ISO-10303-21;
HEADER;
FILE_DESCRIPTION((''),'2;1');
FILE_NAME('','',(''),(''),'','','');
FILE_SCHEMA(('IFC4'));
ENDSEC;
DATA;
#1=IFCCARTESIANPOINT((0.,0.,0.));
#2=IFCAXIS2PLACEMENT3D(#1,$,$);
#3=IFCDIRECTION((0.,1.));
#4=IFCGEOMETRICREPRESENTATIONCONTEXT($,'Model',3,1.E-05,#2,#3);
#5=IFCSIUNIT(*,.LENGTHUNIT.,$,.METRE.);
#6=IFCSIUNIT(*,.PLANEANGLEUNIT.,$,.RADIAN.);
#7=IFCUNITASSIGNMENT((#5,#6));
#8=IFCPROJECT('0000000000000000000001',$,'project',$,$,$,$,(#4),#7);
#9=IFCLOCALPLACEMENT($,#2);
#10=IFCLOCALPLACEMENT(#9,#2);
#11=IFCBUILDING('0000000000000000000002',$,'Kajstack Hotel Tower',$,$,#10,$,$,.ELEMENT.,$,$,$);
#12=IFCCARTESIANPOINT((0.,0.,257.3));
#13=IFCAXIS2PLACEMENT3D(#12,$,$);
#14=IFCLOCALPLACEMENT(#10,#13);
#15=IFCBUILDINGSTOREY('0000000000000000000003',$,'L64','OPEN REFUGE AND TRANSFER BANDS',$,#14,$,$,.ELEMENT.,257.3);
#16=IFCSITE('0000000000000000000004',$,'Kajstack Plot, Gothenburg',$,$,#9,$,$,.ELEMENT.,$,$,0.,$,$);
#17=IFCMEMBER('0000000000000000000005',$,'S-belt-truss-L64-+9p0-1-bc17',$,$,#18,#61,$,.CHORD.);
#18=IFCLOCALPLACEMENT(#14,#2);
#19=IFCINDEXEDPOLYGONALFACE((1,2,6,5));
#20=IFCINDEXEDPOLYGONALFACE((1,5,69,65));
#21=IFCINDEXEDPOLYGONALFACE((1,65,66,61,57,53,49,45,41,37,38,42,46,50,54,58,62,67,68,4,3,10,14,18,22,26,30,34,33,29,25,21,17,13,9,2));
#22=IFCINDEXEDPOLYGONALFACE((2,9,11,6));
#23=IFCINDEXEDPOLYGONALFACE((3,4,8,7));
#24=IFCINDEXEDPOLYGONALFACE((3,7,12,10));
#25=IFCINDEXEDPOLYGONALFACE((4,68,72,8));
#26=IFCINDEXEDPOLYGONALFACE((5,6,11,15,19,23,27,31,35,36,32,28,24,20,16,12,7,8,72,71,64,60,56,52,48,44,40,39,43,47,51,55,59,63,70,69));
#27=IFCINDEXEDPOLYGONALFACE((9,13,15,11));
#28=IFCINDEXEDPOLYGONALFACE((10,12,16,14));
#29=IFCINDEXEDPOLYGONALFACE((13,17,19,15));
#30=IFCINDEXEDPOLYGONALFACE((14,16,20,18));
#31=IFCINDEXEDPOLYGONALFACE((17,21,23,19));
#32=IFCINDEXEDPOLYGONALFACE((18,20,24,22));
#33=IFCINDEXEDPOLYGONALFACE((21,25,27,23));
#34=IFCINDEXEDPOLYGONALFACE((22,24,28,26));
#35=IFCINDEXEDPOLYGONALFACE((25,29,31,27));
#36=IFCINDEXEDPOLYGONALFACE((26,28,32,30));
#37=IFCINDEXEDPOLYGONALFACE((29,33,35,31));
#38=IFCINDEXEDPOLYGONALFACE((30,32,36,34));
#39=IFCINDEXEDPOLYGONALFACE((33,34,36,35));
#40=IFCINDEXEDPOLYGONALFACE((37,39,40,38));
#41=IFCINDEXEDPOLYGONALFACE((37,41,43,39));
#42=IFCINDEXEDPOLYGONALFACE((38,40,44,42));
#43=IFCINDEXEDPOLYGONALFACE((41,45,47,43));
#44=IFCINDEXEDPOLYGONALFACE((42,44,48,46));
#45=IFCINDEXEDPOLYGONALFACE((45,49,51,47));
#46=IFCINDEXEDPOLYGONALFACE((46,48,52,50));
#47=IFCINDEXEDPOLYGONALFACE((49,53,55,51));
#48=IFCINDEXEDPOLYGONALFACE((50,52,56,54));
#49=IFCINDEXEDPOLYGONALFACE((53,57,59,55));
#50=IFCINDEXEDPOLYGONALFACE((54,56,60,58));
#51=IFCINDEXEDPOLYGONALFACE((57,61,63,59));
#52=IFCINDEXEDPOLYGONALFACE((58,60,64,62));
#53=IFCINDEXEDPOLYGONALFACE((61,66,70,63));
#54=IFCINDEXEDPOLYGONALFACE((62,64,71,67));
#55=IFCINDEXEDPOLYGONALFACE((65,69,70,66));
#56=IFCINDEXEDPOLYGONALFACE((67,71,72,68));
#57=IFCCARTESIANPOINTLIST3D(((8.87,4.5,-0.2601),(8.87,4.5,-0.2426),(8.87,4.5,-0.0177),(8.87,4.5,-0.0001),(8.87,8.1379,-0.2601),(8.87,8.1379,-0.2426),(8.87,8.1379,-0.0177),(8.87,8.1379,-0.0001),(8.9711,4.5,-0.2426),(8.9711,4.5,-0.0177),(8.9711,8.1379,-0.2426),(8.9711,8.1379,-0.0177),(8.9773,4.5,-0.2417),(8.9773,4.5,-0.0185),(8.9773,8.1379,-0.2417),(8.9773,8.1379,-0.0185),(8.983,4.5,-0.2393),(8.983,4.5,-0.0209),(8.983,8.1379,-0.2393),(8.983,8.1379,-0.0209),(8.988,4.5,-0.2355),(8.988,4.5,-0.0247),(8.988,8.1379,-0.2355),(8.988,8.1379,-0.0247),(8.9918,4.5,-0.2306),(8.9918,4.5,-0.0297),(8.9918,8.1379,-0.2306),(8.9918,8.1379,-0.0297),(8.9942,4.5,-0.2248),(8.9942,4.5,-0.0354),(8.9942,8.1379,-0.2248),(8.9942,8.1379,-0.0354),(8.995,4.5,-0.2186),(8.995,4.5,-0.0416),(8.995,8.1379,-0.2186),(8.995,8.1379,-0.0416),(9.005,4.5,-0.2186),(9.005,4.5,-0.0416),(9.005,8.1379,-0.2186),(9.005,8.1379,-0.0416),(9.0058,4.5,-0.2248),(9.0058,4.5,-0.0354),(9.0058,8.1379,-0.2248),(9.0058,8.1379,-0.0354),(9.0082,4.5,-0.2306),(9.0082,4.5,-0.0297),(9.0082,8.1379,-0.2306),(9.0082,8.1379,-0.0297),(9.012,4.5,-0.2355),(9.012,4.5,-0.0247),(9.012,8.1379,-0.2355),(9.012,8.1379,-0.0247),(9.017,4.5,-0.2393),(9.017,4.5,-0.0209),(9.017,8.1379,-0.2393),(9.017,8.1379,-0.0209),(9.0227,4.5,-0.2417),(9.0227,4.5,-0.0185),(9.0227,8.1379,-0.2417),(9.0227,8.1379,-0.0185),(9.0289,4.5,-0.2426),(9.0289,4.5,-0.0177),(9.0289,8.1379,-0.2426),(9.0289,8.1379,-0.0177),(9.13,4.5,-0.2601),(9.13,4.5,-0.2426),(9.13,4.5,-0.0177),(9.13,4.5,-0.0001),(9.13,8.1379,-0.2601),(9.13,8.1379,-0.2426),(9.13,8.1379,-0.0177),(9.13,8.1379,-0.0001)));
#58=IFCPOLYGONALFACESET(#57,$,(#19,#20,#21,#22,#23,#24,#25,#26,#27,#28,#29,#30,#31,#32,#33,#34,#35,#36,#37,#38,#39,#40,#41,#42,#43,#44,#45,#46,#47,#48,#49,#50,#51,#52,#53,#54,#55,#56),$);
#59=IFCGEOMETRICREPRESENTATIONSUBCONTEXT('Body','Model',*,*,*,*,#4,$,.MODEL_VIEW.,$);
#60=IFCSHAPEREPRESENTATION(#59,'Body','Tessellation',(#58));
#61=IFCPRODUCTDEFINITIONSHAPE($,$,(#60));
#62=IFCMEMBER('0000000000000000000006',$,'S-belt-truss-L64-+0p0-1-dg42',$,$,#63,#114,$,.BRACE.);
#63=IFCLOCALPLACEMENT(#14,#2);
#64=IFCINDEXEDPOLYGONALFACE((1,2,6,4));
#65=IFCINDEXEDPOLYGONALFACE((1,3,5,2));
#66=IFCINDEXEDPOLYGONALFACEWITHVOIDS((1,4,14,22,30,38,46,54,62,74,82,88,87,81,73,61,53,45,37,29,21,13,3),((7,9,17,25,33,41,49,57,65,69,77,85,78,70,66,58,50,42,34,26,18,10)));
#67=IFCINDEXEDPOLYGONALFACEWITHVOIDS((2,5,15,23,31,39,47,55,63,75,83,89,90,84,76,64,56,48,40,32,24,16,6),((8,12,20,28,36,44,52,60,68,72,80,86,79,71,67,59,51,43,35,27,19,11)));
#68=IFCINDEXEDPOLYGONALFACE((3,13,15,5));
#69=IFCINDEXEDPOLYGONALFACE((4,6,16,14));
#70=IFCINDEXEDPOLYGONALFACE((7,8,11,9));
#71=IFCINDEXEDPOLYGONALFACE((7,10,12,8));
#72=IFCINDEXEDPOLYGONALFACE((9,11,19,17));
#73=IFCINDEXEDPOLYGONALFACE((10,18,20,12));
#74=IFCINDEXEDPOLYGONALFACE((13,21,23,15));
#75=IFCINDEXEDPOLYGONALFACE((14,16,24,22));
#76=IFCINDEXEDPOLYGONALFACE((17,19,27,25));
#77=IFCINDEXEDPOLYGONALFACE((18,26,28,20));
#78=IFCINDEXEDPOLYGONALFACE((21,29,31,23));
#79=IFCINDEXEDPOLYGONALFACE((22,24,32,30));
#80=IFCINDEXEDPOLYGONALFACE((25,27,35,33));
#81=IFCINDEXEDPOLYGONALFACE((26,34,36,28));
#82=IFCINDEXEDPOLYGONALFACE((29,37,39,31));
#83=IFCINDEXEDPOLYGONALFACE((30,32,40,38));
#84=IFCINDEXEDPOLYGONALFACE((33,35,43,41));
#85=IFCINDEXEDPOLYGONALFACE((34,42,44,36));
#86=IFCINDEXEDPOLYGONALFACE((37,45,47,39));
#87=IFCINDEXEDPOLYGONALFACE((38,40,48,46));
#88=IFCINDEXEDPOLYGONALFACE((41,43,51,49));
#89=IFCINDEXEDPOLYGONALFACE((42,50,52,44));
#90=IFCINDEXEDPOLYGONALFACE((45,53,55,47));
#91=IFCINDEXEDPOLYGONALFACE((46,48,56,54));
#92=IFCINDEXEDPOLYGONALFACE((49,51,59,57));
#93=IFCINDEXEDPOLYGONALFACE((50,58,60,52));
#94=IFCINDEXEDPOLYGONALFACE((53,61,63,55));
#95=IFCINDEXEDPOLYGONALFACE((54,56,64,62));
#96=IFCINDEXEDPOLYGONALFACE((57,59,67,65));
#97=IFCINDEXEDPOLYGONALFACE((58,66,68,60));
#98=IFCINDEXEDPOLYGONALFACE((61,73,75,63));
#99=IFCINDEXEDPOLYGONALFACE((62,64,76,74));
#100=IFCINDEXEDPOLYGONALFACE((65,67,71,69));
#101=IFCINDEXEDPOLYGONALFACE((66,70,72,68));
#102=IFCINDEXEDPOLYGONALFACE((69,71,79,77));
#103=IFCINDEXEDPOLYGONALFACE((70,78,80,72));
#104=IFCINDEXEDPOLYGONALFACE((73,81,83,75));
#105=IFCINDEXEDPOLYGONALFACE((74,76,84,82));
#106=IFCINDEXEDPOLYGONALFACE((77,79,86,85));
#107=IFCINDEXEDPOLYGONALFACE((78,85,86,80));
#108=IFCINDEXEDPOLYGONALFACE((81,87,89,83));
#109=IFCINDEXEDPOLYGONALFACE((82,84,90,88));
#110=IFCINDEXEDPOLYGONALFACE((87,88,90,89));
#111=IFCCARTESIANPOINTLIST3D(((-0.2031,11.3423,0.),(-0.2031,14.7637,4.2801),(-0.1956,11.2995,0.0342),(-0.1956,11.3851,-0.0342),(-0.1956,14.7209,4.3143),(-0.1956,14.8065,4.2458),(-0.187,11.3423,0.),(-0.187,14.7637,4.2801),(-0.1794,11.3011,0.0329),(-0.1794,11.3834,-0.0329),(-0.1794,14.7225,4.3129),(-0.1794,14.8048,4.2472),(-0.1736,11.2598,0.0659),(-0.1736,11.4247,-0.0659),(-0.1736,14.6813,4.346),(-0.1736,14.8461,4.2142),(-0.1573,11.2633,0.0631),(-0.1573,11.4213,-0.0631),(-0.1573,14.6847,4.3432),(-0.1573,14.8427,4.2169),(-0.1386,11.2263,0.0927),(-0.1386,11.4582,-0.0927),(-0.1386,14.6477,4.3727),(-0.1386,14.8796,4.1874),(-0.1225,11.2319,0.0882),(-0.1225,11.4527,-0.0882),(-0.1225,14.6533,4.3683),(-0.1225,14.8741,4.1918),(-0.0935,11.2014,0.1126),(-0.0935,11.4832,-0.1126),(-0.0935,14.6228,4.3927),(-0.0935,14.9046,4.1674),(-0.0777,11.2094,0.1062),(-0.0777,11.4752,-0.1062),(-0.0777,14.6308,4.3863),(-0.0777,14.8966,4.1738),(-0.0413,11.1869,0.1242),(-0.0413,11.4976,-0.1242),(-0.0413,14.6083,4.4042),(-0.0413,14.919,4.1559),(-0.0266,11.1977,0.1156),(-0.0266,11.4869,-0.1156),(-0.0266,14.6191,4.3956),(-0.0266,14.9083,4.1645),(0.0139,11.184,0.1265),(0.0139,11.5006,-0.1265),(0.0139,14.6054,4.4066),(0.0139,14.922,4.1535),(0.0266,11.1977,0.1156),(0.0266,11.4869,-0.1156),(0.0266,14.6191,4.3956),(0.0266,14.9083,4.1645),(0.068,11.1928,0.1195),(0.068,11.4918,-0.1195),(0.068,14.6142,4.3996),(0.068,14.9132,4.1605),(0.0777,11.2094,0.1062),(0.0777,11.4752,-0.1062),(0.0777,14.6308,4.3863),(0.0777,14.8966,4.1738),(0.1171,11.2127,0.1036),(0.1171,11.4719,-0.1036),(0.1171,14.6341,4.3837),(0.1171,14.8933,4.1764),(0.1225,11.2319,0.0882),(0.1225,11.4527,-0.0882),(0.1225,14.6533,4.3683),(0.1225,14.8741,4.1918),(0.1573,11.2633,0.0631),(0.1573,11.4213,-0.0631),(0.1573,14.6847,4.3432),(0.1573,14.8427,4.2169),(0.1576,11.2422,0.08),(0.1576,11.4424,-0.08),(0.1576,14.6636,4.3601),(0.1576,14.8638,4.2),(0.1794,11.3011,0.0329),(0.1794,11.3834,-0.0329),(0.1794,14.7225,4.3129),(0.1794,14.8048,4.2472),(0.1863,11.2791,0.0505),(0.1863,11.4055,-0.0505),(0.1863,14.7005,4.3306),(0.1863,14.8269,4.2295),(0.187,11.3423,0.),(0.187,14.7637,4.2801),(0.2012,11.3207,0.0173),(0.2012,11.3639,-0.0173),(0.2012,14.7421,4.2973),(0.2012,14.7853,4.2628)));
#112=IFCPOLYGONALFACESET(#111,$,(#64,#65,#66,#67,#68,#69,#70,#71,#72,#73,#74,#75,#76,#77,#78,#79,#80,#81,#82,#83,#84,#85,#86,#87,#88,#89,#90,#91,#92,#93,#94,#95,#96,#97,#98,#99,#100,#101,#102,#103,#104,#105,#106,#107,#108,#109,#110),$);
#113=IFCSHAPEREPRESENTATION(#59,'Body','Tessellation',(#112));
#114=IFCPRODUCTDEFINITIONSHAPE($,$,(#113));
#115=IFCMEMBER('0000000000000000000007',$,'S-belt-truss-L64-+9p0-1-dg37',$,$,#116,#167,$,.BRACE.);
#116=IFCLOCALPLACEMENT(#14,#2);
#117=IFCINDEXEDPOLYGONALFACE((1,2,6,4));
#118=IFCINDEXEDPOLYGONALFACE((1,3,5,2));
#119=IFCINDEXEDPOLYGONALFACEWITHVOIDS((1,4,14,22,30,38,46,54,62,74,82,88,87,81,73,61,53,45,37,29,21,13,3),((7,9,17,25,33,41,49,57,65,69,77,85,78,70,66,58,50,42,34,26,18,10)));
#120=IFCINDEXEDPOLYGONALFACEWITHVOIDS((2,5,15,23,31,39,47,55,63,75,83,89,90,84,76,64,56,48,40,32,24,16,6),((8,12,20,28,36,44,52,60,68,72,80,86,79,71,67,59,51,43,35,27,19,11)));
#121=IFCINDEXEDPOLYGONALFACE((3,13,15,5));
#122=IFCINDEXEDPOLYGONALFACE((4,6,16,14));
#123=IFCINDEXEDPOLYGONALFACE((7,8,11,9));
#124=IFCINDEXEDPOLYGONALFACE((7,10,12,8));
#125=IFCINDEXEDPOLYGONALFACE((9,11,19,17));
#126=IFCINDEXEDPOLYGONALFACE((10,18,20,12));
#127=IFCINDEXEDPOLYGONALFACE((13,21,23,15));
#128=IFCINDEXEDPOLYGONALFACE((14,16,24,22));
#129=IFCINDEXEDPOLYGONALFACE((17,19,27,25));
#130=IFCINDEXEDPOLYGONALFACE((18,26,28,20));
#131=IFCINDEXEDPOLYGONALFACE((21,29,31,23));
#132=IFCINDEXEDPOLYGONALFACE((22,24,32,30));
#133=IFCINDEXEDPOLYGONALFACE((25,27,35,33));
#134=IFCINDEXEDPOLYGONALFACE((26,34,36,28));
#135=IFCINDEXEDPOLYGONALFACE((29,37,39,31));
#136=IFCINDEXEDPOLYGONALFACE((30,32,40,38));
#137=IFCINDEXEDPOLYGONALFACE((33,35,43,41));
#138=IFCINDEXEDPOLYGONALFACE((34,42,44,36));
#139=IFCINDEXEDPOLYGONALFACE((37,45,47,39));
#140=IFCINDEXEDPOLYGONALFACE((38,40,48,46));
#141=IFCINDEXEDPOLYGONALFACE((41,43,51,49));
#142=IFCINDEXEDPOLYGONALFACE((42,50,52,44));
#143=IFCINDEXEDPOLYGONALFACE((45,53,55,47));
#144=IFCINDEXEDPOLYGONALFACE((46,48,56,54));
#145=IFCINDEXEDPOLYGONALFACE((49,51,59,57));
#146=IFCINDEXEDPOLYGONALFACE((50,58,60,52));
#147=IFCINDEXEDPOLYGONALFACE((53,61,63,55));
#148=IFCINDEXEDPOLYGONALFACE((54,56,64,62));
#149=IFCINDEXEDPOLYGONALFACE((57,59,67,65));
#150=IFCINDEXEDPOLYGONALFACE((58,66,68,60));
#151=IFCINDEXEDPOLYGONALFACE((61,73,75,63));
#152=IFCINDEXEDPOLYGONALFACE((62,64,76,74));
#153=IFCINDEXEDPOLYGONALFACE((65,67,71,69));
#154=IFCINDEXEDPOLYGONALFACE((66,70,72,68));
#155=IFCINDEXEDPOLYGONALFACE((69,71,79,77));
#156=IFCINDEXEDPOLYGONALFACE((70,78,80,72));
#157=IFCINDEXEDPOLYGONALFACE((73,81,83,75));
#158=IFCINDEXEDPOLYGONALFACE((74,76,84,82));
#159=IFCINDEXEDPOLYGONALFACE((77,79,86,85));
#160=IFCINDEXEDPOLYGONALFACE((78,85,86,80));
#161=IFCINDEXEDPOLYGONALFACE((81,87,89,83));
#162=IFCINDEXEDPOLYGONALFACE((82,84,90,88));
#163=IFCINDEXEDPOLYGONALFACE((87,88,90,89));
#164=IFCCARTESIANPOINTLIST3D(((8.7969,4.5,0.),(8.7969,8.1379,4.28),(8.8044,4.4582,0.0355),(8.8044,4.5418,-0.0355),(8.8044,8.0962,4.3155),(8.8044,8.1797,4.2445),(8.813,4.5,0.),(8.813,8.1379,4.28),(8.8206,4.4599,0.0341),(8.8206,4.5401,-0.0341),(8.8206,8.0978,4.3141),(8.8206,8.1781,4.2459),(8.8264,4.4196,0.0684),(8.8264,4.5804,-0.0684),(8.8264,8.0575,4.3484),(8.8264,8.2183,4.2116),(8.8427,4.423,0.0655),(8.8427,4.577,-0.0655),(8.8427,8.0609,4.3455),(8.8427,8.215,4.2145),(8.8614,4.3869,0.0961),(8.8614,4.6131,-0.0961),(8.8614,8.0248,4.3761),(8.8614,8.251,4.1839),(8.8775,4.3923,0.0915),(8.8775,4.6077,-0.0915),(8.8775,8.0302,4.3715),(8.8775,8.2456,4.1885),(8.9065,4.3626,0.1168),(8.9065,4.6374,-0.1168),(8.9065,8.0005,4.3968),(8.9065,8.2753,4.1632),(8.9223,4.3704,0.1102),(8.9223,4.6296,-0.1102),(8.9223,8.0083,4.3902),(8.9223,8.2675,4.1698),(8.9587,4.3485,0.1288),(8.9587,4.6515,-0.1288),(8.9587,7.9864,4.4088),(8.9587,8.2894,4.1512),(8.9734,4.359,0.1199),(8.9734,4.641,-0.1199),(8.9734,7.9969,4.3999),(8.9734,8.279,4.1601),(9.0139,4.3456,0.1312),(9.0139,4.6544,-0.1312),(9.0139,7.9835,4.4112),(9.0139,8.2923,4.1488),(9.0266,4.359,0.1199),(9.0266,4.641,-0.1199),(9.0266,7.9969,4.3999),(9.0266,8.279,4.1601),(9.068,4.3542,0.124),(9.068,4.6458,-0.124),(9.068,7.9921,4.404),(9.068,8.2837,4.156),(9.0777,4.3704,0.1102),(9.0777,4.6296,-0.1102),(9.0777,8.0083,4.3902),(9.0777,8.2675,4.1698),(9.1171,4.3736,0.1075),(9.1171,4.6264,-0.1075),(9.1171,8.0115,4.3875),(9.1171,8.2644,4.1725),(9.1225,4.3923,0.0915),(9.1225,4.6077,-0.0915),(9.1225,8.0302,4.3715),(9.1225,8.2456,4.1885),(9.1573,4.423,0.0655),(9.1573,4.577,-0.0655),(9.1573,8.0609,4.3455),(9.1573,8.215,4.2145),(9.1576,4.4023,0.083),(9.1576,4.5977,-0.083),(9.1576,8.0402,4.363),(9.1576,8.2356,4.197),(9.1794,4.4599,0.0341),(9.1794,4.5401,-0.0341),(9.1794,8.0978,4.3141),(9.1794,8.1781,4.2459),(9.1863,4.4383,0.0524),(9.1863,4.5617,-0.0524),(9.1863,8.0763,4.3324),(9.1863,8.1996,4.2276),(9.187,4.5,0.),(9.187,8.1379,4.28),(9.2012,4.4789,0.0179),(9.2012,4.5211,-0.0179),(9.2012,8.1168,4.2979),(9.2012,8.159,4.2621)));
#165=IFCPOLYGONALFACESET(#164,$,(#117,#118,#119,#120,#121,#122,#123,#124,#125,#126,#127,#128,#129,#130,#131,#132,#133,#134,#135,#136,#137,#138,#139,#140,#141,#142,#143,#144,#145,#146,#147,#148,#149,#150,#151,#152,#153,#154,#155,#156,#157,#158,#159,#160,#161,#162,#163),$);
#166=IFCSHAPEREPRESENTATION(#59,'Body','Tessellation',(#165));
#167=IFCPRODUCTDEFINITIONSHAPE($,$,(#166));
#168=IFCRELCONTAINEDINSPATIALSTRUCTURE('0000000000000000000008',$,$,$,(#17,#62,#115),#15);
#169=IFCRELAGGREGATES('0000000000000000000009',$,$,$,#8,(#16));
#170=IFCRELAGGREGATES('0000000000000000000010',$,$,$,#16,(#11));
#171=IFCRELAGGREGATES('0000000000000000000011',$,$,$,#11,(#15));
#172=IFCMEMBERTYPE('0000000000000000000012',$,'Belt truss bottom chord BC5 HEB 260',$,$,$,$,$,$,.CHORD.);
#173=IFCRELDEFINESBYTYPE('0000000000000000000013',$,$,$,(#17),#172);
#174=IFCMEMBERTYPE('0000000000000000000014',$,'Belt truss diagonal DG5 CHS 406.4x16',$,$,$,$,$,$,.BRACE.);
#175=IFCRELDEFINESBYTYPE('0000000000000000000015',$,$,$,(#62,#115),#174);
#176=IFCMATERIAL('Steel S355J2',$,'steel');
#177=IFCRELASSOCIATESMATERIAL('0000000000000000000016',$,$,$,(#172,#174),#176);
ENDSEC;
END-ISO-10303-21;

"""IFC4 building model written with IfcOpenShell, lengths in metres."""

from ifc_helpers import new_model, si_unit, direction, frame, origin, origin_2d, place, context, subcontext, project, spatial, hollow_circle, i_section, extrude, material, material_profile, profile_set, type_object, element, save


model = new_model("IFC4")

# Units and contexts
model_context = context("Model", 3, precision=1e-05, world=origin(), true_north=direction((0.0, 1.0)))
body_context = subcontext(model_context, "Body", "Model", "MODEL_VIEW")
ifc_project = project(units=[si_unit("LENGTHUNIT", "METRE"), si_unit("PLANEANGLEUNIT", "RADIAN")], contexts=[model_context])

# Site, building, storey
site_placement = place(None, origin())
site = spatial("IfcSite", under=ifc_project, at=site_placement, Name="Kajstack Plot, Gothenburg", CompositionType="ELEMENT", RefElevation=0.0)
building_placement = place(site_placement, origin())
building = spatial("IfcBuilding", under=site, at=building_placement, Name="Kajstack Hotel Tower", CompositionType="ELEMENT")
storey_placement = place(building_placement, frame((0.0, 0.0, 257.3)))
storey = spatial("IfcBuildingStorey", under=building, at=storey_placement, Name="L64", Description="OPEN REFUGE AND TRANSFER BANDS", CompositionType="ELEMENT", Elevation=257.3)

# Members
ifc_material_1 = material(Name="Steel S355J2", Category="steel")
ifc_material_profile_1 = material_profile(ifc_material_1, i_section(OverallWidth=0.26, OverallDepth=0.26, WebThickness=0.01, FlangeThickness=0.0176, FilletRadius=0.0239, at=origin_2d()), Name="HEB 260")
ifc_profile_set_1 = profile_set([ifc_material_profile_1], Name="Steel S355J2")
member_type_1 = type_object("IfcMemberType", Name="Belt truss bottom chord BC5 HEB 260", PredefinedType="CHORD", material=ifc_profile_set_1)
member_1_placement = place(storey_placement, frame((9.0, 4.5, -0.1301), z_axis=(0.0, 1.0, 0.0), x_axis=(-1.0, 0.0, 0.0)))
element("IfcMember", 1, at=member_1_placement, inside=storey, type_object=member_type_1, Name="S-belt-truss-L64-+9p0-1-bc17", PredefinedType="CHORD", context=body_context, shape_type="SweptSolid", body=[
    extrude(i_section(OverallWidth=0.26, OverallDepth=0.26, WebThickness=0.01, FlangeThickness=0.0176, FilletRadius=0.0239, at=origin_2d()), origin(), (0.0, 0.0, 1.0), 3.6379),
])
ifc_material_profile_2 = material_profile(ifc_material_1, hollow_circle(Radius=0.2031, WallThickness=0.0161, at=origin_2d()), Name="CHS 406.4x16")
ifc_profile_set_2 = profile_set([ifc_material_profile_2], Name="Steel S355J2")
member_type_2 = type_object("IfcMemberType", Name="Belt truss diagonal DG5 CHS 406.4x16", PredefinedType="BRACE", material=ifc_profile_set_2)
member_2_placement = place(storey_placement, frame((0.0, 11.3423, 0.0), z_axis=(0.0, 0.624402, 0.781103), x_axis=(-1.0, 0.0, 0.0)))
element("IfcMember", 2, at=member_2_placement, inside=storey, type_object=member_type_2, Name="S-belt-truss-L64-+0p0-1-dg42", PredefinedType="BRACE", context=body_context, shape_type="SweptSolid", body=[
    extrude(hollow_circle(Radius=0.2031, WallThickness=0.0161, at=origin_2d()), origin(), (0.0, 0.0, 1.0), 5.4795),
])
member_3_placement = place(storey_placement, frame((9.0, 4.5, 0.0), z_axis=(0.0, 0.64764, 0.761947), x_axis=(-1.0, 0.0, 0.0)))
element("IfcMember", 3, at=member_3_placement, inside=storey, type_object=member_type_2, Name="S-belt-truss-L64-+9p0-1-dg37", PredefinedType="BRACE", context=body_context, shape_type="SweptSolid", body=[
    extrude(hollow_circle(Radius=0.2031, WallThickness=0.0161, at=origin_2d()), origin(), (0.0, 0.0, 1.0), 5.6172),
])

save(model, "model.ifc")
